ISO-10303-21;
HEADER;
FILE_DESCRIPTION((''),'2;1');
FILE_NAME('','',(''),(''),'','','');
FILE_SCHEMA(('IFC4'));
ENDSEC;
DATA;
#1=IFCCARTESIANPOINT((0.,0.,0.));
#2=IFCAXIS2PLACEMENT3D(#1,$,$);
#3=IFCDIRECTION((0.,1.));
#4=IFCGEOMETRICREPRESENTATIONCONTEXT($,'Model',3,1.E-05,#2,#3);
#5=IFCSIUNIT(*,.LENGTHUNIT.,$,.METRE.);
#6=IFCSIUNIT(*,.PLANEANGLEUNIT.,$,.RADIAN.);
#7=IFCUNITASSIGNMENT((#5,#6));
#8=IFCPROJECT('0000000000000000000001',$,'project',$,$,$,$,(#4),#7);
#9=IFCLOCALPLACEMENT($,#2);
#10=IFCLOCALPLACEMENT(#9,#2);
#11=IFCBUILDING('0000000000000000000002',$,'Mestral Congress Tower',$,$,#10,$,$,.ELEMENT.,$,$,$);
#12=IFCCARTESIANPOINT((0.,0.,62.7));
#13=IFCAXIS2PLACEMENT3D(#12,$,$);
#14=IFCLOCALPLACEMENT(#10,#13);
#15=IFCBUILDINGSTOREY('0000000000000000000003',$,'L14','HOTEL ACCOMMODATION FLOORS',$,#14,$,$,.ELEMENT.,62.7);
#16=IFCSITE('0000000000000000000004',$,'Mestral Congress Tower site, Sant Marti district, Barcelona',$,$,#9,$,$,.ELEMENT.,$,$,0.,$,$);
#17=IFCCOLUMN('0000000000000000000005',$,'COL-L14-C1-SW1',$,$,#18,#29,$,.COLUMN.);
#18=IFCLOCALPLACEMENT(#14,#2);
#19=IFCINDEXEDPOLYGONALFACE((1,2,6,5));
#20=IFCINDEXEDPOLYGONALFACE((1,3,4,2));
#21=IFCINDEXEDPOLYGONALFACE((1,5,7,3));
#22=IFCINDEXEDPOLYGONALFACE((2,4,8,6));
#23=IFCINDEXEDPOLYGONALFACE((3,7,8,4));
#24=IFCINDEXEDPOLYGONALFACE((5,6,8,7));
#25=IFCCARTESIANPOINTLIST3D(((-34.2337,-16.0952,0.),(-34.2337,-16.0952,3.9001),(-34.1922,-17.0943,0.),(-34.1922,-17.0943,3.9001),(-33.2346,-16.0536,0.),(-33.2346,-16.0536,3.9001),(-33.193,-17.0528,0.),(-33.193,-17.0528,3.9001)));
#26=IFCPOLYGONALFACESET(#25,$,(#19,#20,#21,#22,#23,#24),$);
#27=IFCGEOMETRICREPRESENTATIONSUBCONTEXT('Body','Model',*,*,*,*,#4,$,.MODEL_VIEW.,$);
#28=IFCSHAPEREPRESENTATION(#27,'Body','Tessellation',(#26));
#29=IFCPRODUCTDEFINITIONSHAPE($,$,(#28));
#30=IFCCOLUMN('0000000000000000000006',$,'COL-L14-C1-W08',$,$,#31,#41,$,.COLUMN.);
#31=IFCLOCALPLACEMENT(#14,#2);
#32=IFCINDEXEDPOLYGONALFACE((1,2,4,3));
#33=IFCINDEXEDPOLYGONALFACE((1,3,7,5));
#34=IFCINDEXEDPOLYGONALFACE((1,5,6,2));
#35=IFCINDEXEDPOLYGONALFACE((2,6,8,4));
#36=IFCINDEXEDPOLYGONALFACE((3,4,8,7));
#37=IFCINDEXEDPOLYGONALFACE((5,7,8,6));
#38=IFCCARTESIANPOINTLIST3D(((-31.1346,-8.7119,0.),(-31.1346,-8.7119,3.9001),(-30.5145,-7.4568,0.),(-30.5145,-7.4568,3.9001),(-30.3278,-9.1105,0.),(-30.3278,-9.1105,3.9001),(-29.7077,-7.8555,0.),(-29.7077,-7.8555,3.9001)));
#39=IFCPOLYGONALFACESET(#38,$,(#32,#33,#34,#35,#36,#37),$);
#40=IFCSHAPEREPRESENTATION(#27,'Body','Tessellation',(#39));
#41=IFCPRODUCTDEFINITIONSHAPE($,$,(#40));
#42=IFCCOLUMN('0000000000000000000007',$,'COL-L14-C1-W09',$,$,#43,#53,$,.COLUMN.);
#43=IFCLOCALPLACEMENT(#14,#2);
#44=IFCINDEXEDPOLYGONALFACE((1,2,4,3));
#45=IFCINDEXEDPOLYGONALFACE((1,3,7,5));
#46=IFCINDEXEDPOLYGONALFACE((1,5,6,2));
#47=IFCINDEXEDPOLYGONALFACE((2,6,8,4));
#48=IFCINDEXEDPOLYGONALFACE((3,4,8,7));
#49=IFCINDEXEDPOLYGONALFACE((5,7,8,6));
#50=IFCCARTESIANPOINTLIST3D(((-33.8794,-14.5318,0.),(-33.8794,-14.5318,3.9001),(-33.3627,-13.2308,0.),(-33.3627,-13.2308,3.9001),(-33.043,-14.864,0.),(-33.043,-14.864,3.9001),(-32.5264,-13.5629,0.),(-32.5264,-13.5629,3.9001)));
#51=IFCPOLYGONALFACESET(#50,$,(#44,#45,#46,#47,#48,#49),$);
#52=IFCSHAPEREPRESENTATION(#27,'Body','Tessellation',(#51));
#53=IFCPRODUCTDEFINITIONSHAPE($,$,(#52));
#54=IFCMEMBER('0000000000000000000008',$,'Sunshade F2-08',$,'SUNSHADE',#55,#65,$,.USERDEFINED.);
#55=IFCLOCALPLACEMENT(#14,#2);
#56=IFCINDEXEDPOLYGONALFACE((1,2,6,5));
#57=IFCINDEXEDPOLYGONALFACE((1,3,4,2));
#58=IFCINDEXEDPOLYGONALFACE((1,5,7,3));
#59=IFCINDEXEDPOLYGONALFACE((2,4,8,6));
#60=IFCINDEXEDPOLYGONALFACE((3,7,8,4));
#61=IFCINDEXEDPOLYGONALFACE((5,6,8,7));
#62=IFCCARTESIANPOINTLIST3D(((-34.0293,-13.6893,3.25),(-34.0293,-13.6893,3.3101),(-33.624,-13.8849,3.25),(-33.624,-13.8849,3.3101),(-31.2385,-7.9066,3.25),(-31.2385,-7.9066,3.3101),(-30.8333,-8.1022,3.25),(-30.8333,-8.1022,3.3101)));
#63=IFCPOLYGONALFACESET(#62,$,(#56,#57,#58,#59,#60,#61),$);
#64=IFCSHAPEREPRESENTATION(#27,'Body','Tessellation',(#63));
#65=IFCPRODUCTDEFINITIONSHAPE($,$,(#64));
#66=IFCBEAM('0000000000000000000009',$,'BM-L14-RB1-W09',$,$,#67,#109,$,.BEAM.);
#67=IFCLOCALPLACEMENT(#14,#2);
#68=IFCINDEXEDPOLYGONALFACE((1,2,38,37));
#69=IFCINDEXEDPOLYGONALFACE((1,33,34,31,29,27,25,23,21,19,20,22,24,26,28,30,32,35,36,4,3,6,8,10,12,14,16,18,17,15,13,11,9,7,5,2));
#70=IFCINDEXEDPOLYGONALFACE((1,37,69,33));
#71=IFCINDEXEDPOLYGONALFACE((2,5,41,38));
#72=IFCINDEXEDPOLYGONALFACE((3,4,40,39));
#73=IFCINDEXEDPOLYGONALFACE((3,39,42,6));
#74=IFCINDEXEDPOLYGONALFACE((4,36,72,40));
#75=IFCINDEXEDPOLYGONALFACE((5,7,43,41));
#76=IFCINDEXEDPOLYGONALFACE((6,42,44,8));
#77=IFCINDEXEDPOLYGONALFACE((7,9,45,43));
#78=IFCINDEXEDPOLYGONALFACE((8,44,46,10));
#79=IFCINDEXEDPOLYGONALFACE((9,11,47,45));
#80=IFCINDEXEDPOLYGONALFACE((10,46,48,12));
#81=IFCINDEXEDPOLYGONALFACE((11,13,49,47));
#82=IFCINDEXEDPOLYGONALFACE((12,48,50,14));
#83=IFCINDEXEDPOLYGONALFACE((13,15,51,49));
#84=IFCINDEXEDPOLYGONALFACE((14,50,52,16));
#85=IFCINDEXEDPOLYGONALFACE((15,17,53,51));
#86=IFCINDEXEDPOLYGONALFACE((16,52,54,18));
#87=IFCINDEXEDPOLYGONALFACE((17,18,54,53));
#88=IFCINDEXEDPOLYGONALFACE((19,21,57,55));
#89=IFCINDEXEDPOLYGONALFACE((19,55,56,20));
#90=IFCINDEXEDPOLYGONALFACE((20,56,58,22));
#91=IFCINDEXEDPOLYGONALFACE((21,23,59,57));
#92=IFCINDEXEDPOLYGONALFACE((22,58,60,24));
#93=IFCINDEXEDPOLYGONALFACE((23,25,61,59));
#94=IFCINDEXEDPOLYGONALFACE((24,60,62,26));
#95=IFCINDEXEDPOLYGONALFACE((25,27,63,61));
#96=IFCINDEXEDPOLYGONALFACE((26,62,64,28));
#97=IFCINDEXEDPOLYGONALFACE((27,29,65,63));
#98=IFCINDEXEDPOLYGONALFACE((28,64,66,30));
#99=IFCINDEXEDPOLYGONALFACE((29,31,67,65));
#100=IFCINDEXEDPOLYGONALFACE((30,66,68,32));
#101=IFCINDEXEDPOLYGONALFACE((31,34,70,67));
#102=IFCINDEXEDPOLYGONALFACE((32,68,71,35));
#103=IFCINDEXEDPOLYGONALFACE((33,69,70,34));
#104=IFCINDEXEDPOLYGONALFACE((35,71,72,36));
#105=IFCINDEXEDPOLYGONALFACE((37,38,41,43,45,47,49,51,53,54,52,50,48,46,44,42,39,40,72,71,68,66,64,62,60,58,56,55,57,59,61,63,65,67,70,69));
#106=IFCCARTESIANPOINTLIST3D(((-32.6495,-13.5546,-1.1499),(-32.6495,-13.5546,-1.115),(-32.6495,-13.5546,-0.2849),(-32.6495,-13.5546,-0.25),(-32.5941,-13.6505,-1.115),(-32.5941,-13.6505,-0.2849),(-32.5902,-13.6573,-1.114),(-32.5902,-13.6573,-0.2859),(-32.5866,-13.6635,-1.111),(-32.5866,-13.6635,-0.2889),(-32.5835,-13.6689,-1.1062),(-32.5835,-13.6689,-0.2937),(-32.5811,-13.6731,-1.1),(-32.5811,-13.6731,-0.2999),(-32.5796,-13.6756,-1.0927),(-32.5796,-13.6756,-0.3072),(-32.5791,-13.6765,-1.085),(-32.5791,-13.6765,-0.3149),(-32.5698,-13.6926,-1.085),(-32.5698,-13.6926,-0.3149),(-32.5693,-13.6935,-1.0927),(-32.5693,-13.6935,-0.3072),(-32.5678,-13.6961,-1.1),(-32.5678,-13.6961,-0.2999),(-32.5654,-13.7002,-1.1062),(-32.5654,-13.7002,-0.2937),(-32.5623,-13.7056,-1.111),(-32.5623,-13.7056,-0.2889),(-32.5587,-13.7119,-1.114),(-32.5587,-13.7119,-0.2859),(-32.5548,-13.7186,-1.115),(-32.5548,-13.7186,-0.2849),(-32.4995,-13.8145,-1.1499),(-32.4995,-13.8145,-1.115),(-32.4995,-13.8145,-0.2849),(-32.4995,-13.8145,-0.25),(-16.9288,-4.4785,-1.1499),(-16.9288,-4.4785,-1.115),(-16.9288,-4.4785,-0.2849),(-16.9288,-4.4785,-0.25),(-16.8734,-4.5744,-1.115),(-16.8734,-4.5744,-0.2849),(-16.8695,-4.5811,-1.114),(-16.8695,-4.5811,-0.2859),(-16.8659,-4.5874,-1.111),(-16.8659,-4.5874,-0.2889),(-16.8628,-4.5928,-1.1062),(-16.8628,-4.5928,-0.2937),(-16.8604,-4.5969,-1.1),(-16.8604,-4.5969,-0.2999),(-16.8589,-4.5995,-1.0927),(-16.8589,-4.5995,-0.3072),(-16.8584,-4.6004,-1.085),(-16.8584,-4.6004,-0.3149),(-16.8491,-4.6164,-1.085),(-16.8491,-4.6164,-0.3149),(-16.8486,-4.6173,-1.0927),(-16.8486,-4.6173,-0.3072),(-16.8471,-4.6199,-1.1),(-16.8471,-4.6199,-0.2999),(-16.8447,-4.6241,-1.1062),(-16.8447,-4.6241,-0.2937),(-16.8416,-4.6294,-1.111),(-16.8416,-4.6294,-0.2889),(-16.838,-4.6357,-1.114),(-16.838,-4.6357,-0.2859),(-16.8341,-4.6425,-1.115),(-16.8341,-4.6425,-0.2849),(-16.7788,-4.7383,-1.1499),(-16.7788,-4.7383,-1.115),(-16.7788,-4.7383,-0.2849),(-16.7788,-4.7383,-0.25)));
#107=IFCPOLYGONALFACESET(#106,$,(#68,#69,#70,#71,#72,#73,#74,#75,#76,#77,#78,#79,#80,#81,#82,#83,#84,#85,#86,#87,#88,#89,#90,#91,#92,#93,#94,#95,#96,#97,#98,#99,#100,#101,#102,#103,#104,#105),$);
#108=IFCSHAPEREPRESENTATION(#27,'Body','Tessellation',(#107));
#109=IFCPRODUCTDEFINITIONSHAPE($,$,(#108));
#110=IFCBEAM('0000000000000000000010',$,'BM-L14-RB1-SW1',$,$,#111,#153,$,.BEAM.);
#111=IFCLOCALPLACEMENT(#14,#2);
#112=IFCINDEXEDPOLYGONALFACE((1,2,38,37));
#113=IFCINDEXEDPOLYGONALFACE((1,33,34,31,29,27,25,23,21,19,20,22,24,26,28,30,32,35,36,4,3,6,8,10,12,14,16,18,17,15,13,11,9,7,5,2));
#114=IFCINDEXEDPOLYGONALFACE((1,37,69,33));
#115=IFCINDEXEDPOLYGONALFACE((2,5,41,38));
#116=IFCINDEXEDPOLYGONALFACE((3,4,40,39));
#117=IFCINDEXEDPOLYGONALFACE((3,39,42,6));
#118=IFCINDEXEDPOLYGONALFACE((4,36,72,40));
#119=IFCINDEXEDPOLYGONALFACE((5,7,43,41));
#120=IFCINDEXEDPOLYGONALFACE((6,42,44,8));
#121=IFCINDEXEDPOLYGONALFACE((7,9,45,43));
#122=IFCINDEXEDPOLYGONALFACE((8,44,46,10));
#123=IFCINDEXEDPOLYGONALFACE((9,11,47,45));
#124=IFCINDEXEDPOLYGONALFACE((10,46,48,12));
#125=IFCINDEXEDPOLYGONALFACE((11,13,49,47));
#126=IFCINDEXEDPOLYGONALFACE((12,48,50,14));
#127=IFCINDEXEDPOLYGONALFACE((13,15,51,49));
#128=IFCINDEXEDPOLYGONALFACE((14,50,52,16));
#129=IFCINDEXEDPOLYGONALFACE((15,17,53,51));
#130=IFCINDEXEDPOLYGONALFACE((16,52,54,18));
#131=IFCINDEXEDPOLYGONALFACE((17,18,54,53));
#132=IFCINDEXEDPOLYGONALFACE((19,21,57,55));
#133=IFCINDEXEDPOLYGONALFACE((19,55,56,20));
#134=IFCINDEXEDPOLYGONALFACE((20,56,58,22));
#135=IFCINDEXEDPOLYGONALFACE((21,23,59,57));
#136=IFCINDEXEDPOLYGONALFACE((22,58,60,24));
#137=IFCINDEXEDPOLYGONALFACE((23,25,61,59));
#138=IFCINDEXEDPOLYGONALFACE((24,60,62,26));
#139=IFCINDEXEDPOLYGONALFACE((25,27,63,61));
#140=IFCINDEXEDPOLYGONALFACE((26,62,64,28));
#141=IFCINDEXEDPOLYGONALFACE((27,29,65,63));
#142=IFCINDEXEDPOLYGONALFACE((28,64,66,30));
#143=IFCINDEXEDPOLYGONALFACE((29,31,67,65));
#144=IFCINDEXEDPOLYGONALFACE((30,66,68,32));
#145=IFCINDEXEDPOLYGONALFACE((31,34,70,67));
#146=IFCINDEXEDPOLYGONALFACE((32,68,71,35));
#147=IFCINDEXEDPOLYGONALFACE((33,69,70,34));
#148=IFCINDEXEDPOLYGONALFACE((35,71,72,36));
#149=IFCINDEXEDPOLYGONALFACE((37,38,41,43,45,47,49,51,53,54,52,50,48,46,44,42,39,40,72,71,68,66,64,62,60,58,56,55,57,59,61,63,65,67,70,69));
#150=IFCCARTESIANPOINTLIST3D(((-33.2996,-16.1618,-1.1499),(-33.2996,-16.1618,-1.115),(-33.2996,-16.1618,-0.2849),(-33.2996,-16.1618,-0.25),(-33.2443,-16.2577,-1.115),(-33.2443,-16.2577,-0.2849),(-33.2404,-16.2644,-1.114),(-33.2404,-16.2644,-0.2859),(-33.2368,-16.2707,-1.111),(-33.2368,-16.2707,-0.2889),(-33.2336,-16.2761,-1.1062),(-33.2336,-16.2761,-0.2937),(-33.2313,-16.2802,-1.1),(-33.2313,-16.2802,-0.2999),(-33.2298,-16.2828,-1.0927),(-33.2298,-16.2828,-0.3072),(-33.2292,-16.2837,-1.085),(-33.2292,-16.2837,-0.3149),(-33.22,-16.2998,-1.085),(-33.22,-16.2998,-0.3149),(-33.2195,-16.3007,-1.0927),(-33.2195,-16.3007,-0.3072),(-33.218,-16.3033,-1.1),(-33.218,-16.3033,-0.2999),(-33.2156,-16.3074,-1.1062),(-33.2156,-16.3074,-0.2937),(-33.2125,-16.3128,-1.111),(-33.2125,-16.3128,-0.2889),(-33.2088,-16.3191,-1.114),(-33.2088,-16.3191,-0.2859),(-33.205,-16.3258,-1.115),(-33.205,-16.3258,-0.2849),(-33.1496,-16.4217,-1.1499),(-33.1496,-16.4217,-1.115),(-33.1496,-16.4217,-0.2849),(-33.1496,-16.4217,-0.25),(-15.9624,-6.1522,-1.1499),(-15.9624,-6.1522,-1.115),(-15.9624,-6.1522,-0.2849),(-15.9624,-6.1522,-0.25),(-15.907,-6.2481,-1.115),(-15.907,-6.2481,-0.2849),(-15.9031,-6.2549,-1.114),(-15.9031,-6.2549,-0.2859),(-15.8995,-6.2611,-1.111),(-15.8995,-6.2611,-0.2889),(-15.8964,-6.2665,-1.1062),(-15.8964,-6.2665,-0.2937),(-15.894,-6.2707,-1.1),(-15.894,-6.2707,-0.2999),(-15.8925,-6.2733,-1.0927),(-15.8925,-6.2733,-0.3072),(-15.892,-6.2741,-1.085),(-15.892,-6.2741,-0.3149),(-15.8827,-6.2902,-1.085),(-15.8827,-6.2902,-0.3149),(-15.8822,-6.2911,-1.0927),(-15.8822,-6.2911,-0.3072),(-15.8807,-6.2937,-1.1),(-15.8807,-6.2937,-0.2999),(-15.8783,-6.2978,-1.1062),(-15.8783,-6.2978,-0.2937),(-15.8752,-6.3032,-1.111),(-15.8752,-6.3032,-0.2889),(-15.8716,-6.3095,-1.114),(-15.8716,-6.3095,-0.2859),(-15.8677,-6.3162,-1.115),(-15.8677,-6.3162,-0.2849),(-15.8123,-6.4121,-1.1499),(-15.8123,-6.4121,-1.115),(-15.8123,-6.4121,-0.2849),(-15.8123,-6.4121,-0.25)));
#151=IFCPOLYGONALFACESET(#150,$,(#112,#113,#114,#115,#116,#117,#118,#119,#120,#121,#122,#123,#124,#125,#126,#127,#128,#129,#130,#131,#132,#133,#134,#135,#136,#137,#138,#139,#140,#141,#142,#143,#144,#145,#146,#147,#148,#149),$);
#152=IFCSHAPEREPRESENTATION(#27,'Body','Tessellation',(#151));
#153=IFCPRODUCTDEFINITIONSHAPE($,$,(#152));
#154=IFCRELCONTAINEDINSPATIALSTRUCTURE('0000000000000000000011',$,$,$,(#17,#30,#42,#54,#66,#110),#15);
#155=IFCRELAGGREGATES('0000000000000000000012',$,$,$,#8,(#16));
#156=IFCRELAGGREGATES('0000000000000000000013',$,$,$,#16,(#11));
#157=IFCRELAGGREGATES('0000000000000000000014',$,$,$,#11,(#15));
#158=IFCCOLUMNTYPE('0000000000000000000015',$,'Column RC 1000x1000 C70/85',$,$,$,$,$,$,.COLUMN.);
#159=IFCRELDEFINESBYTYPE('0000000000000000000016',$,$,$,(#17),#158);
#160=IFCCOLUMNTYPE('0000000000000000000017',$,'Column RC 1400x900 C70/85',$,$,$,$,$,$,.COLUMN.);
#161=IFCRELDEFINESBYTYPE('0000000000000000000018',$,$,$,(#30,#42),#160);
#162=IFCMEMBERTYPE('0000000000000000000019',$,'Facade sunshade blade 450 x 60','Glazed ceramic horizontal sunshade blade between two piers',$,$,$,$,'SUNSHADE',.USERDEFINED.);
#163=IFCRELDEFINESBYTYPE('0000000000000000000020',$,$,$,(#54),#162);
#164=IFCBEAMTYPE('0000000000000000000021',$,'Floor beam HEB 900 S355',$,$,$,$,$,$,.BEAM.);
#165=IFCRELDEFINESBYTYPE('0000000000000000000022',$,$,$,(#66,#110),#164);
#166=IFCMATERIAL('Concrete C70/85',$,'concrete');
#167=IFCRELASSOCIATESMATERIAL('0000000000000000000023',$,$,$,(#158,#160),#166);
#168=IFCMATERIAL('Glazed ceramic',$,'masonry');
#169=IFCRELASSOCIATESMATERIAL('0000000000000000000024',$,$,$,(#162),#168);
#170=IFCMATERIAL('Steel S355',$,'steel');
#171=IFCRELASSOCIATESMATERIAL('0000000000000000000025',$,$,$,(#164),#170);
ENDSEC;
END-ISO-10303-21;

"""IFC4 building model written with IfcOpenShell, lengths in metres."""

from ifc_helpers import new_model, si_unit, direction, frame, origin, origin_2d, place, context, subcontext, project, spatial, rectangle, i_section, extrude, material, material_profile, profile_set, type_object, element, save


model = new_model("IFC4")

# Units and contexts
model_context = context("Model", 3, precision=1e-05, world=origin(), true_north=direction((0.0, 1.0)))
body_context = subcontext(model_context, "Body", "Model", "MODEL_VIEW")
ifc_project = project(units=[si_unit("LENGTHUNIT", "METRE"), si_unit("PLANEANGLEUNIT", "RADIAN")], contexts=[model_context])

# Site, building, storey
site_placement = place(None, origin())
site = spatial("IfcSite", under=ifc_project, at=site_placement, Name="Mestral Congress Tower site, Sant Marti district, Barcelona", CompositionType="ELEMENT", RefElevation=0.0)
building_placement = place(site_placement, origin())
building = spatial("IfcBuilding", under=site, at=building_placement, Name="Mestral Congress Tower", CompositionType="ELEMENT")
storey_placement = place(building_placement, frame((0.0, 0.0, 62.7)))
storey = spatial("IfcBuildingStorey", under=building, at=storey_placement, Name="L14", Description="HOTEL ACCOMMODATION FLOORS", CompositionType="ELEMENT", Elevation=62.7)

# Columns
ifc_material_1 = material(Name="Concrete C70/85", Category="concrete")
ifc_material_profile_1 = material_profile(ifc_material_1, rectangle(XDim=1.0, YDim=1.0, at=origin_2d()), Name="RC 1000x1000")
ifc_profile_set_1 = profile_set([ifc_material_profile_1], Name="Concrete C70/85")
column_type_1 = type_object("IfcColumnType", Name="Column RC 1000x1000 C70/85", PredefinedType="COLUMN", material=ifc_profile_set_1)
column_placement = place(storey_placement, frame((-33.7134, -16.574, 0.0), z_axis=(0.0, 0.0, 1.0), x_axis=(0.041583, -0.999135, 0.0)))
element("IfcColumn", 1, at=column_placement, inside=storey, type_object=column_type_1, Name="COL-L14-C1-SW1", PredefinedType="COLUMN", context=body_context, shape_type="SweptSolid", body=[
    extrude(rectangle(XDim=1.0, YDim=1.0, at=origin_2d()), origin(), (0.0, 0.0, 1.0), 3.9001),
])
ifc_material_profile_2 = material_profile(ifc_material_1, rectangle(XDim=1.3999, YDim=0.8999, at=origin_2d()), Name="RC 1400x900")
ifc_profile_set_2 = profile_set([ifc_material_profile_2], Name="Concrete C70/85")
column_type_2 = type_object("IfcColumnType", Name="Column RC 1400x900 C70/85", PredefinedType="COLUMN", material=ifc_profile_set_2)
for number, where, z_axis, x_axis, name in (
    (2, (-30.4211, -8.2837, 0.0), (0.0, 0.0, 1.0), (-0.442959, -0.896542, 0.0), "COL-L14-C1-W08"),
    (3, (-33.2029, -14.0474, 0.0), (0.0, 0.0, 1.0), (-0.36909, -0.929394, 0.0), "COL-L14-C1-W09"),
):
    element("IfcColumn", number, at=place(storey_placement, frame(where, z_axis=z_axis, x_axis=x_axis)), inside=storey, type_object=column_type_2, Name=name, PredefinedType="COLUMN", context=body_context, shape_type="SweptSolid", body=[
        extrude(rectangle(XDim=1.3999, YDim=0.8999, at=origin_2d()), origin(), (0.0, 0.0, 1.0), 3.9001),
    ])

# Member
ifc_material_2 = material(Name="Glazed ceramic", Category="masonry")
ifc_material_profile_3 = material_profile(ifc_material_2, rectangle(XDim=0.45, YDim=0.0601, at=origin_2d()), Name="Ceramic blade 450 x 60")
ifc_profile_set_3 = profile_set([ifc_material_profile_3], Name="Glazed ceramic")
member_type = type_object("IfcMemberType", Name="Facade sunshade blade 450 x 60", Description="Glazed ceramic horizontal sunshade blade between two piers", ElementType="SUNSHADE", PredefinedType="USERDEFINED", material=ifc_profile_set_3)
member_placement = place(storey_placement, frame((-31.0359, -8.0044, 3.28), z_axis=(-0.434637, -0.900606, 0.0), x_axis=(0.900606, -0.434637, 0.0)))
element("IfcMember", 4, at=member_placement, inside=storey, type_object=member_type, Name="Sunshade F2-08", ObjectType="SUNSHADE", PredefinedType="USERDEFINED", context=body_context, shape_type="SweptSolid", body=[
    extrude(rectangle(XDim=0.45, YDim=0.0601, at=origin_2d()), origin(), (0.0, 0.0, 1.0), 6.4209),
])

# Beams
ifc_material_3 = material(Name="Steel S355", Category="steel")
ifc_material_profile_4 = material_profile(ifc_material_3, i_section(OverallWidth=0.3, OverallDepth=0.8999, WebThickness=0.0186, FlangeThickness=0.0349, FilletRadius=0.03, at=origin_2d()), Name="HEB 900")
ifc_profile_set_4 = profile_set([ifc_material_profile_4], Name="Steel S355")
beam_type_1 = type_object("IfcBeamType", Name="Floor beam HEB 900 S355", PredefinedType="BEAM", material=ifc_profile_set_4)
beam_1_placement = place(storey_placement, frame((-32.5745, -13.6846, -0.7), z_axis=(0.86603, 0.499993, 0.0), x_axis=(-0.499993, 0.86603, 0.0)))
element("IfcBeam", 5, at=beam_1_placement, inside=storey, type_object=beam_type_1, Name="BM-L14-RB1-W09", PredefinedType="BEAM", context=body_context, shape_type="SweptSolid", body=[
    extrude(i_section(OverallWidth=0.3, OverallDepth=0.8999, WebThickness=0.0186, FlangeThickness=0.0349, FilletRadius=0.03, at=origin_2d()), origin(), (0.0, 0.0, 1.0), 18.1526),
])
beam_2_placement = place(storey_placement, frame((-33.2246, -16.2917, -0.7), z_axis=(0.866027, 0.499997, 0.0), x_axis=(-0.499997, 0.866027, 0.0)))
element("IfcBeam", 6, at=beam_2_placement, inside=storey, type_object=beam_type_1, Name="BM-L14-RB1-SW1", PredefinedType="BEAM", context=body_context, shape_type="SweptSolid", body=[
    extrude(i_section(OverallWidth=0.3, OverallDepth=0.8999, WebThickness=0.0186, FlangeThickness=0.0349, FilletRadius=0.03, at=origin_2d()), origin(), (0.0, 0.0, 1.0), 20.0193),
])

save(model, "model.ifc")
